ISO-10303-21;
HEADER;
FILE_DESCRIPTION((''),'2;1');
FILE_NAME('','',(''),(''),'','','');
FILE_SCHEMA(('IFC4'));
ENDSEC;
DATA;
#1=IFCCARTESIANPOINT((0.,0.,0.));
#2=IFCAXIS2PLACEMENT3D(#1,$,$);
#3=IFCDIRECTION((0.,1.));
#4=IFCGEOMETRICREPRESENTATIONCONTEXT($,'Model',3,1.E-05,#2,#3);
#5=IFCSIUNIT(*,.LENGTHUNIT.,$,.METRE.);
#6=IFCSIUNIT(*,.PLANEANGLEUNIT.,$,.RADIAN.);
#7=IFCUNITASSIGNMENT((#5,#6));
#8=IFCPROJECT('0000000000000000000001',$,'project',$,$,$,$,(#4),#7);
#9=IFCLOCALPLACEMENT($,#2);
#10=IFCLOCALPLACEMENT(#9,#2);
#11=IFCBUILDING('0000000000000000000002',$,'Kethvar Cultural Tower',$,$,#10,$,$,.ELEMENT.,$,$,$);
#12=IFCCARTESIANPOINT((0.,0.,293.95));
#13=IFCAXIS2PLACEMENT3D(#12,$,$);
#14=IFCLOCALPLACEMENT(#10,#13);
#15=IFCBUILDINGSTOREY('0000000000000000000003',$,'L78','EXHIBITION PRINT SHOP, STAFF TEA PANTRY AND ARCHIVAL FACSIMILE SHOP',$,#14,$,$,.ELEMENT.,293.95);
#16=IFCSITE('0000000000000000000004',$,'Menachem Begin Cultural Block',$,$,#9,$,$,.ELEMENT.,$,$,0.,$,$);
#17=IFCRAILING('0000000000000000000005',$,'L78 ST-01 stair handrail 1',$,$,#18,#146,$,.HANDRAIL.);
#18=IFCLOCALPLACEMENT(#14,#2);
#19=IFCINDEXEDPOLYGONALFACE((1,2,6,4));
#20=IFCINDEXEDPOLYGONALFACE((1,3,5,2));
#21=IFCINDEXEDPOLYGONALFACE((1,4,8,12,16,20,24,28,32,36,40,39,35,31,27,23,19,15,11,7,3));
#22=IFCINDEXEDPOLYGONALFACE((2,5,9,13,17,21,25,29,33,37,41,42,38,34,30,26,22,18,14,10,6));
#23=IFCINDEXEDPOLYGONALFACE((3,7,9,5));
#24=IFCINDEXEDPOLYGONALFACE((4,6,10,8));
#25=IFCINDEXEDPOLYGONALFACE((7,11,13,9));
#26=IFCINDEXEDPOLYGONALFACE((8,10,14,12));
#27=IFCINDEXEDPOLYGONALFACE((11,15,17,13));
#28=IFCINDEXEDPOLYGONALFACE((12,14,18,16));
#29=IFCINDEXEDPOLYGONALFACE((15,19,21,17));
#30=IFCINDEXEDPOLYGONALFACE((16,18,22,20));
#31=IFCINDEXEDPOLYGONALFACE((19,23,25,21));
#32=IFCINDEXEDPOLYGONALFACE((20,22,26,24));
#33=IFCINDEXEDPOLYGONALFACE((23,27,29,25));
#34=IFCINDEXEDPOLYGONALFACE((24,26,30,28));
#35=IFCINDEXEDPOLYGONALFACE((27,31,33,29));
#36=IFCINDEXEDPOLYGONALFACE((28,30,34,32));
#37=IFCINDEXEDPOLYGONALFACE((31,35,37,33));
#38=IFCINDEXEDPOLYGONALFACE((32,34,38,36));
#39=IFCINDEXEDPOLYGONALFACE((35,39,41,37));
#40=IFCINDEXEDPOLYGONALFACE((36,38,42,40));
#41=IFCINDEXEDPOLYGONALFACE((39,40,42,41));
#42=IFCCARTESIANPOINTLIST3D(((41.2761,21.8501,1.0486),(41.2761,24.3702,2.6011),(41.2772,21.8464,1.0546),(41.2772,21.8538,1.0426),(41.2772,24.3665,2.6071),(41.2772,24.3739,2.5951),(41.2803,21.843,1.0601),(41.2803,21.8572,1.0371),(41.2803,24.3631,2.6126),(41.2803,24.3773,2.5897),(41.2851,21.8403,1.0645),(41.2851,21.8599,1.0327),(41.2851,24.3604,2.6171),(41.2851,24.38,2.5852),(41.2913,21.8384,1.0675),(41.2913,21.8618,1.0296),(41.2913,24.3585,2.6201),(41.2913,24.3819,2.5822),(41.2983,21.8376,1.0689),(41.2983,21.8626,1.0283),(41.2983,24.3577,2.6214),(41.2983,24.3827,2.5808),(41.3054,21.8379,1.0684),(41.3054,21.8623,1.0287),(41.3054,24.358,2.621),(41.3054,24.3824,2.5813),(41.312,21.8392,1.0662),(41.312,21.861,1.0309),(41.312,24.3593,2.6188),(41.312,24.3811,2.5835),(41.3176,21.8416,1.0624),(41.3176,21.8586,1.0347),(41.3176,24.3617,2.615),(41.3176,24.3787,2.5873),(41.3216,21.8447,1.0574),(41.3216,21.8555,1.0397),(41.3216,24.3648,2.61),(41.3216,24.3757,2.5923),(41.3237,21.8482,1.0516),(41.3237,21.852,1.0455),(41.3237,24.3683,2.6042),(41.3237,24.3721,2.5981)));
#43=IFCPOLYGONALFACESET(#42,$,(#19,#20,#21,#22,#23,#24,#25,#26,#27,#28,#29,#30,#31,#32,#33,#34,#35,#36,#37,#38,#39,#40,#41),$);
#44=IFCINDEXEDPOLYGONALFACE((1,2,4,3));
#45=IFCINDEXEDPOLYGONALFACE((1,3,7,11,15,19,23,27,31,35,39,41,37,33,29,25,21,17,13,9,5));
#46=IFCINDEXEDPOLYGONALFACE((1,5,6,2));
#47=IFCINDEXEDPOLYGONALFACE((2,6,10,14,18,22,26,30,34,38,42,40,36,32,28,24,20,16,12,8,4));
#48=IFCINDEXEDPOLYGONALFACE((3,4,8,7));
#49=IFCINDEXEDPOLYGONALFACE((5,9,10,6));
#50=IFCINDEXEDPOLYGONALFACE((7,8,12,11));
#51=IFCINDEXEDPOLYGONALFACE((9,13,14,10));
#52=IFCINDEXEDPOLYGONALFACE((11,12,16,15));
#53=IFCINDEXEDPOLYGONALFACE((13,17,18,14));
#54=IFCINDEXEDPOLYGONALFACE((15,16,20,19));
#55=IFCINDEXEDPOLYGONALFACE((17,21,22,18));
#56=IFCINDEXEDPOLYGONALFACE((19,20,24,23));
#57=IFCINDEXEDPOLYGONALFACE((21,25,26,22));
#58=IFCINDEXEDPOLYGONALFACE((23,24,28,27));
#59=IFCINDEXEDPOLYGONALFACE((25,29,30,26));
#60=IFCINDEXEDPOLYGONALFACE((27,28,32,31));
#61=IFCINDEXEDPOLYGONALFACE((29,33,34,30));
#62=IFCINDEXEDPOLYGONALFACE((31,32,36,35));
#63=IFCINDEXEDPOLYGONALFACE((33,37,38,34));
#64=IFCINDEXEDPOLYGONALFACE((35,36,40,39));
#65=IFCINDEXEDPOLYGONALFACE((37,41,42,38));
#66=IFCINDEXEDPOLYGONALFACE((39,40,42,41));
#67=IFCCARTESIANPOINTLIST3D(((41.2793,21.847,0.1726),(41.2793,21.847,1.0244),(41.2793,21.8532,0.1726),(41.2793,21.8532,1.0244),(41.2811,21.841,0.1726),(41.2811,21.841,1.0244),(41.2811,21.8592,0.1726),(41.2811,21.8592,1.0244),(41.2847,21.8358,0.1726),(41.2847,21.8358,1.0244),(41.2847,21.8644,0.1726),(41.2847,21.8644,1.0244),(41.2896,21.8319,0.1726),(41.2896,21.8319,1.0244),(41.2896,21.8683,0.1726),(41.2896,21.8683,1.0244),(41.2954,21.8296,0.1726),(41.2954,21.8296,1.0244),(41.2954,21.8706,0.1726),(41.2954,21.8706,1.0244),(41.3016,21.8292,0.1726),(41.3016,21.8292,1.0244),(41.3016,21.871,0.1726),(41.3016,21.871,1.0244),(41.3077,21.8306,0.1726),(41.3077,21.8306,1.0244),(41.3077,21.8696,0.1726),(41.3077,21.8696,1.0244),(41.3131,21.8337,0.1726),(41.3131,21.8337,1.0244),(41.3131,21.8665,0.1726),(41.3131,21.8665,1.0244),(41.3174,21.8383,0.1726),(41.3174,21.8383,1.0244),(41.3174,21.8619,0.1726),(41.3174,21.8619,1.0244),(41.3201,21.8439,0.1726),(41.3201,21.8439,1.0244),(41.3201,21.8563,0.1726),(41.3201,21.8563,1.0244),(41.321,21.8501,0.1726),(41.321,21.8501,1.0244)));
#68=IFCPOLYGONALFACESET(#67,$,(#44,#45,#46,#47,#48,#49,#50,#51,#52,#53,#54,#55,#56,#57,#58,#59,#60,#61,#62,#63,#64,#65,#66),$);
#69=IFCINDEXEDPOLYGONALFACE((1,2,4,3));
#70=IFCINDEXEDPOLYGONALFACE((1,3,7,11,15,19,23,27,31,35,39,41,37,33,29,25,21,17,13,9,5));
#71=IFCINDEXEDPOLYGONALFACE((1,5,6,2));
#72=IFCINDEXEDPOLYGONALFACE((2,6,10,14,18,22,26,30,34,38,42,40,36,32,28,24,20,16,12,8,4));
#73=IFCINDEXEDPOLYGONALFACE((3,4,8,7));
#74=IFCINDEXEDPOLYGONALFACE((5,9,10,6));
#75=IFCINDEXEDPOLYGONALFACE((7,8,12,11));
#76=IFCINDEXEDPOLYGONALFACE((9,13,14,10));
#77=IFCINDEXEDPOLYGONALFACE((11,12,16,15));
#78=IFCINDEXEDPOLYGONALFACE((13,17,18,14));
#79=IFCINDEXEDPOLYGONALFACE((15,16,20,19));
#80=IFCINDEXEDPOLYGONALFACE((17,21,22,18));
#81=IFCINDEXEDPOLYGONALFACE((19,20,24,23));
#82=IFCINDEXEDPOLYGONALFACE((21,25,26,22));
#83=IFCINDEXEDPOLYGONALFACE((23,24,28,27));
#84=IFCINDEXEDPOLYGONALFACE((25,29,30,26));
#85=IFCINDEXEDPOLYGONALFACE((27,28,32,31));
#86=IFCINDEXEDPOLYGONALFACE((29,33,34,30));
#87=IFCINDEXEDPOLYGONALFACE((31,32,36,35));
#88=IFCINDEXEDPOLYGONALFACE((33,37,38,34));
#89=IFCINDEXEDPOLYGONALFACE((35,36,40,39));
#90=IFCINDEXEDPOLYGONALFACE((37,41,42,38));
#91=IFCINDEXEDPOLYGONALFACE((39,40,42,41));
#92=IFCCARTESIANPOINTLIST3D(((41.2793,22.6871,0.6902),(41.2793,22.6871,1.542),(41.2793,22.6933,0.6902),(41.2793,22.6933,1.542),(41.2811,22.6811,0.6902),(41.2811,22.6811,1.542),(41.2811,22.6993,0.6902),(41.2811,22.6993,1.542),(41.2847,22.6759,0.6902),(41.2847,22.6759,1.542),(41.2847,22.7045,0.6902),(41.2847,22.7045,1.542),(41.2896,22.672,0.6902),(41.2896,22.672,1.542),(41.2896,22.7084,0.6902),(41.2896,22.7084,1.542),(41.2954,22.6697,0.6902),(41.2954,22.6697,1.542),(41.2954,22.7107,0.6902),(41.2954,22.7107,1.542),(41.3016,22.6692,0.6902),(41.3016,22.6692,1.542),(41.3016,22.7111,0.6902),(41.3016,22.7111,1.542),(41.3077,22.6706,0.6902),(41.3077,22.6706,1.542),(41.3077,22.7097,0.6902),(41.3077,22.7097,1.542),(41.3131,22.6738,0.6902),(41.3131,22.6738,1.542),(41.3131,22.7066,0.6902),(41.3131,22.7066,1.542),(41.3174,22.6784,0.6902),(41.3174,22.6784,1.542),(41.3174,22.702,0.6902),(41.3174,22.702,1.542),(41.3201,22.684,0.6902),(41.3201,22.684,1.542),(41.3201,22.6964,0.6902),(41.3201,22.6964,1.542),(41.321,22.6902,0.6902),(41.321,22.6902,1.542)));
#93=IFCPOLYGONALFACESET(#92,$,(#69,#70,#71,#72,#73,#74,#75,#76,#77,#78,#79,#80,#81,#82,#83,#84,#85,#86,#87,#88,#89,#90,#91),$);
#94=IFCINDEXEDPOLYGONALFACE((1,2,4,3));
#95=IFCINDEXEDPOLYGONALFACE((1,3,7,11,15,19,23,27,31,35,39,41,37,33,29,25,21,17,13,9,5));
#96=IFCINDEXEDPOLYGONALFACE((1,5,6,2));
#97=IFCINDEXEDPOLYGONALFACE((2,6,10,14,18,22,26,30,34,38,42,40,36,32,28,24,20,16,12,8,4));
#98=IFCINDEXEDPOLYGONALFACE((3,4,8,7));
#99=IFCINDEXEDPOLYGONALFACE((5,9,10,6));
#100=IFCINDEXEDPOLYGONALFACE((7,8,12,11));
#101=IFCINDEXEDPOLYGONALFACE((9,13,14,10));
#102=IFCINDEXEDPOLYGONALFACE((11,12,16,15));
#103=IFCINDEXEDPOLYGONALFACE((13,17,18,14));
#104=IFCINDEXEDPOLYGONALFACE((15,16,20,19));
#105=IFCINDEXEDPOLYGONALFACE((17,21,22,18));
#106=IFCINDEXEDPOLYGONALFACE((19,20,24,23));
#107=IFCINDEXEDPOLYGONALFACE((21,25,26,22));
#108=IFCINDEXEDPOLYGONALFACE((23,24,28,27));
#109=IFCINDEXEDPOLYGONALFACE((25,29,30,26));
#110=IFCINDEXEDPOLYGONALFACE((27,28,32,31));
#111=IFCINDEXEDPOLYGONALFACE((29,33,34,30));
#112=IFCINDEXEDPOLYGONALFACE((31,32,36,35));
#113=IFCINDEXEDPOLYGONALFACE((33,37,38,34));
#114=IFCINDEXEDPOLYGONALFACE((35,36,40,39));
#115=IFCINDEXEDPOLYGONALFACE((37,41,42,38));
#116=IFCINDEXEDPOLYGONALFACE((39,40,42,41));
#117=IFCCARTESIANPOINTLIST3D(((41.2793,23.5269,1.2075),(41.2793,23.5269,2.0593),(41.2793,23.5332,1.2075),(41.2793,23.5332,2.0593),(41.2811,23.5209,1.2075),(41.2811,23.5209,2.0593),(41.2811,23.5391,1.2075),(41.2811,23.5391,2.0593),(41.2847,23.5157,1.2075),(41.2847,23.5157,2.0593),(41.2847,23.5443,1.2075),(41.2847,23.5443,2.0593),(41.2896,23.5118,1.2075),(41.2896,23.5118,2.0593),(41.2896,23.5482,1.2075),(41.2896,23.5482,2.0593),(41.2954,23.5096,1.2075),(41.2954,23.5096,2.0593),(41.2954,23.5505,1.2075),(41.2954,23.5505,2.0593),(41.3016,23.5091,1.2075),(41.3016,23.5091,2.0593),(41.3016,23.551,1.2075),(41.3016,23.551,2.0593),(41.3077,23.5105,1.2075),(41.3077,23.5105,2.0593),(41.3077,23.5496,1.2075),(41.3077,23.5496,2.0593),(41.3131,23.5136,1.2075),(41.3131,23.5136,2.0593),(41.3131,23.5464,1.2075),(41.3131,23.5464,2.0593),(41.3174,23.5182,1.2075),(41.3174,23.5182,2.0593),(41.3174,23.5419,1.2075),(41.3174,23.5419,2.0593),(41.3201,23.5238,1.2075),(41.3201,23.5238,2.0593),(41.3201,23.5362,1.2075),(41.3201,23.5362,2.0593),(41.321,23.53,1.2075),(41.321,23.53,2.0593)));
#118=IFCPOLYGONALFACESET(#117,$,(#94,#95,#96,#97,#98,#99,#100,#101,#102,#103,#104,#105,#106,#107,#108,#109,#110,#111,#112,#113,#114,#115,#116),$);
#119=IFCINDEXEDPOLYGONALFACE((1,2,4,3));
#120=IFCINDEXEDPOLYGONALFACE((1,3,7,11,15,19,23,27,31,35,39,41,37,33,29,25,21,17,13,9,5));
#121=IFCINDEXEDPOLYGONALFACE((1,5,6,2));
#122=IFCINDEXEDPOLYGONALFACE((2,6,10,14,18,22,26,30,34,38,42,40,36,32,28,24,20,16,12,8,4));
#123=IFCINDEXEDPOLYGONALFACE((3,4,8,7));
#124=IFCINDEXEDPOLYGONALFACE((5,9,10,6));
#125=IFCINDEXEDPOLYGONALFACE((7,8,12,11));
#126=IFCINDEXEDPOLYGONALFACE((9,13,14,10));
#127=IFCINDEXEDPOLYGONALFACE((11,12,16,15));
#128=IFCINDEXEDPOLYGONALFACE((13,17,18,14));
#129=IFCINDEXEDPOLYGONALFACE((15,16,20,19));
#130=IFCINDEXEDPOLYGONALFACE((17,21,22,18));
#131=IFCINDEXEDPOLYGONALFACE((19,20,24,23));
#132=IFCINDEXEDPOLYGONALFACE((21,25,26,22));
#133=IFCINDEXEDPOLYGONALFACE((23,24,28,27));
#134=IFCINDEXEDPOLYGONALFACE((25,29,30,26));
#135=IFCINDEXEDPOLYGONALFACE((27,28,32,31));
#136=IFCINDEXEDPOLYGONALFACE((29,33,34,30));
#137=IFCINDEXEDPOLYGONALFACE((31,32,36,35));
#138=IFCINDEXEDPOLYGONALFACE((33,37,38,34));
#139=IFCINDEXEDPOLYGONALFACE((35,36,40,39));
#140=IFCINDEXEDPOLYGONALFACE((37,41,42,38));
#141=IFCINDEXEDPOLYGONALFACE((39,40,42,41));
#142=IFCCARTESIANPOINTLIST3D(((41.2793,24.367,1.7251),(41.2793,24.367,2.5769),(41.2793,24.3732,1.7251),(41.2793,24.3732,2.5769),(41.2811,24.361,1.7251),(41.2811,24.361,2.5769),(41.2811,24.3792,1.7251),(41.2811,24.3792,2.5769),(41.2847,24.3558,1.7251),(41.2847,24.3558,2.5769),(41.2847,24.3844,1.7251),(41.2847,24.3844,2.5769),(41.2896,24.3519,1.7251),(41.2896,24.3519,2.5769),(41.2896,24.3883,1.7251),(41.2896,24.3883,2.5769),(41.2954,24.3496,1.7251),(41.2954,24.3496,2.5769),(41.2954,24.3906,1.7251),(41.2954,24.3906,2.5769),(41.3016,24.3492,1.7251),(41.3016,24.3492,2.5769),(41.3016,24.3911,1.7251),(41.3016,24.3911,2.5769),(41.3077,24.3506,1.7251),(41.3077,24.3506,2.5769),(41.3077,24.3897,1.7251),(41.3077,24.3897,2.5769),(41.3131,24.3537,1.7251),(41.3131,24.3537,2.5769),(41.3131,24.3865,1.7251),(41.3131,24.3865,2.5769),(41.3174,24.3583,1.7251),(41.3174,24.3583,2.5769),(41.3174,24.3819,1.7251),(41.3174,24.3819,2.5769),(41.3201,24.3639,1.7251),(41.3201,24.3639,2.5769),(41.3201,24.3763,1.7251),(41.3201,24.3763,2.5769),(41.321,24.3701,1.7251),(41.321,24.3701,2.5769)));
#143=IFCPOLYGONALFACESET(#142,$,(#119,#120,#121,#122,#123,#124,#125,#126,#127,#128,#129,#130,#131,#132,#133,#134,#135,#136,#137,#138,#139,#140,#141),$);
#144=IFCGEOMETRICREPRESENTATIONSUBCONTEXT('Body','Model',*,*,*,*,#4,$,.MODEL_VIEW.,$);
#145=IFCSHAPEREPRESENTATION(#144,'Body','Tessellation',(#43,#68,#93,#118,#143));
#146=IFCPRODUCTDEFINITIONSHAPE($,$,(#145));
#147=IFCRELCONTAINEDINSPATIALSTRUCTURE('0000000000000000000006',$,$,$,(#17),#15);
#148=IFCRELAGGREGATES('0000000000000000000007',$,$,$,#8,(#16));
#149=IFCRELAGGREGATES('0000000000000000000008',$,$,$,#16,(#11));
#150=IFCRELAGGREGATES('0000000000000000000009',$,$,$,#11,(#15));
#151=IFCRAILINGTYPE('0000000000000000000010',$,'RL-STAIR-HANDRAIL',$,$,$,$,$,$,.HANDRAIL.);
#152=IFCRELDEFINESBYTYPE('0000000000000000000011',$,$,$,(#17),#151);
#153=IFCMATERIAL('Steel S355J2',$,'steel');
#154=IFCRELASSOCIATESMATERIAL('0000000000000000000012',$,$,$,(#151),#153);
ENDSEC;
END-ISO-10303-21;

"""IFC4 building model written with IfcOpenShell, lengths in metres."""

from ifc_helpers import new_model, si_unit, direction, frame, origin, origin_2d, place, context, subcontext, project, spatial, circle, extrude, material, type_object, element, save


model = new_model("IFC4")

# Units and contexts
model_context = context("Model", 3, precision=1e-05, world=origin(), true_north=direction((0.0, 1.0)))
body_context = subcontext(model_context, "Body", "Model", "MODEL_VIEW")
ifc_project = project(units=[si_unit("LENGTHUNIT", "METRE"), si_unit("PLANEANGLEUNIT", "RADIAN")], contexts=[model_context])

# Site, building, storey
site_placement = place(None, origin())
site = spatial("IfcSite", under=ifc_project, at=site_placement, Name="Menachem Begin Cultural Block", CompositionType="ELEMENT", RefElevation=0.0)
building_placement = place(site_placement, origin())
building = spatial("IfcBuilding", under=site, at=building_placement, Name="Kethvar Cultural Tower", CompositionType="ELEMENT")
storey_placement = place(building_placement, frame((0.0, 0.0, 293.95)))
storey = spatial("IfcBuildingStorey", under=building, at=storey_placement, Name="L78", Description="EXHIBITION PRINT SHOP, STAFF TEA PANTRY AND ARCHIVAL FACSIMILE SHOP", CompositionType="ELEMENT", Elevation=293.95)

# Shared definitions
ifc_material_1 = material(Name="Steel S355J2", Category="steel")

# Railing
railing_type_1 = type_object("IfcRailingType", Name="RL-STAIR-HANDRAIL", PredefinedType="HANDRAIL", material=ifc_material_1)
railing_1_placement = place(storey_placement, frame((41.3, 21.8501, 0.1726)))
element("IfcRailing", 1, at=railing_1_placement, inside=storey, type_object=railing_type_1, Name="L78 ST-01 stair handrail 1", PredefinedType="HANDRAIL", context=body_context, shape_type="SweptSolid", body=[
    extrude(circle(Radius=0.0239, at=origin_2d()), frame((0.0, 0.0, 0.876), z_axis=(0.0, 0.8514, 0.524516), x_axis=(-1.0, 0.0, 0.0)), (0.0, 0.0, 1.0), 2.96),
    extrude(circle(Radius=0.021, at=origin_2d()), origin(), (0.0, 0.0, 1.0), 0.8518),
    extrude(circle(Radius=0.021, at=origin_2d()), frame((0.0, 0.8401, 0.5176)), (0.0, 0.0, 1.0), 0.8518),
    extrude(circle(Radius=0.021, at=origin_2d()), frame((0.0, 1.6799, 1.0349)), (0.0, 0.0, 1.0), 0.8518),
    extrude(circle(Radius=0.021, at=origin_2d()), frame((0.0, 2.52, 1.5525)), (0.0, 0.0, 1.0), 0.8518),
])

save(model, "model.ifc")
